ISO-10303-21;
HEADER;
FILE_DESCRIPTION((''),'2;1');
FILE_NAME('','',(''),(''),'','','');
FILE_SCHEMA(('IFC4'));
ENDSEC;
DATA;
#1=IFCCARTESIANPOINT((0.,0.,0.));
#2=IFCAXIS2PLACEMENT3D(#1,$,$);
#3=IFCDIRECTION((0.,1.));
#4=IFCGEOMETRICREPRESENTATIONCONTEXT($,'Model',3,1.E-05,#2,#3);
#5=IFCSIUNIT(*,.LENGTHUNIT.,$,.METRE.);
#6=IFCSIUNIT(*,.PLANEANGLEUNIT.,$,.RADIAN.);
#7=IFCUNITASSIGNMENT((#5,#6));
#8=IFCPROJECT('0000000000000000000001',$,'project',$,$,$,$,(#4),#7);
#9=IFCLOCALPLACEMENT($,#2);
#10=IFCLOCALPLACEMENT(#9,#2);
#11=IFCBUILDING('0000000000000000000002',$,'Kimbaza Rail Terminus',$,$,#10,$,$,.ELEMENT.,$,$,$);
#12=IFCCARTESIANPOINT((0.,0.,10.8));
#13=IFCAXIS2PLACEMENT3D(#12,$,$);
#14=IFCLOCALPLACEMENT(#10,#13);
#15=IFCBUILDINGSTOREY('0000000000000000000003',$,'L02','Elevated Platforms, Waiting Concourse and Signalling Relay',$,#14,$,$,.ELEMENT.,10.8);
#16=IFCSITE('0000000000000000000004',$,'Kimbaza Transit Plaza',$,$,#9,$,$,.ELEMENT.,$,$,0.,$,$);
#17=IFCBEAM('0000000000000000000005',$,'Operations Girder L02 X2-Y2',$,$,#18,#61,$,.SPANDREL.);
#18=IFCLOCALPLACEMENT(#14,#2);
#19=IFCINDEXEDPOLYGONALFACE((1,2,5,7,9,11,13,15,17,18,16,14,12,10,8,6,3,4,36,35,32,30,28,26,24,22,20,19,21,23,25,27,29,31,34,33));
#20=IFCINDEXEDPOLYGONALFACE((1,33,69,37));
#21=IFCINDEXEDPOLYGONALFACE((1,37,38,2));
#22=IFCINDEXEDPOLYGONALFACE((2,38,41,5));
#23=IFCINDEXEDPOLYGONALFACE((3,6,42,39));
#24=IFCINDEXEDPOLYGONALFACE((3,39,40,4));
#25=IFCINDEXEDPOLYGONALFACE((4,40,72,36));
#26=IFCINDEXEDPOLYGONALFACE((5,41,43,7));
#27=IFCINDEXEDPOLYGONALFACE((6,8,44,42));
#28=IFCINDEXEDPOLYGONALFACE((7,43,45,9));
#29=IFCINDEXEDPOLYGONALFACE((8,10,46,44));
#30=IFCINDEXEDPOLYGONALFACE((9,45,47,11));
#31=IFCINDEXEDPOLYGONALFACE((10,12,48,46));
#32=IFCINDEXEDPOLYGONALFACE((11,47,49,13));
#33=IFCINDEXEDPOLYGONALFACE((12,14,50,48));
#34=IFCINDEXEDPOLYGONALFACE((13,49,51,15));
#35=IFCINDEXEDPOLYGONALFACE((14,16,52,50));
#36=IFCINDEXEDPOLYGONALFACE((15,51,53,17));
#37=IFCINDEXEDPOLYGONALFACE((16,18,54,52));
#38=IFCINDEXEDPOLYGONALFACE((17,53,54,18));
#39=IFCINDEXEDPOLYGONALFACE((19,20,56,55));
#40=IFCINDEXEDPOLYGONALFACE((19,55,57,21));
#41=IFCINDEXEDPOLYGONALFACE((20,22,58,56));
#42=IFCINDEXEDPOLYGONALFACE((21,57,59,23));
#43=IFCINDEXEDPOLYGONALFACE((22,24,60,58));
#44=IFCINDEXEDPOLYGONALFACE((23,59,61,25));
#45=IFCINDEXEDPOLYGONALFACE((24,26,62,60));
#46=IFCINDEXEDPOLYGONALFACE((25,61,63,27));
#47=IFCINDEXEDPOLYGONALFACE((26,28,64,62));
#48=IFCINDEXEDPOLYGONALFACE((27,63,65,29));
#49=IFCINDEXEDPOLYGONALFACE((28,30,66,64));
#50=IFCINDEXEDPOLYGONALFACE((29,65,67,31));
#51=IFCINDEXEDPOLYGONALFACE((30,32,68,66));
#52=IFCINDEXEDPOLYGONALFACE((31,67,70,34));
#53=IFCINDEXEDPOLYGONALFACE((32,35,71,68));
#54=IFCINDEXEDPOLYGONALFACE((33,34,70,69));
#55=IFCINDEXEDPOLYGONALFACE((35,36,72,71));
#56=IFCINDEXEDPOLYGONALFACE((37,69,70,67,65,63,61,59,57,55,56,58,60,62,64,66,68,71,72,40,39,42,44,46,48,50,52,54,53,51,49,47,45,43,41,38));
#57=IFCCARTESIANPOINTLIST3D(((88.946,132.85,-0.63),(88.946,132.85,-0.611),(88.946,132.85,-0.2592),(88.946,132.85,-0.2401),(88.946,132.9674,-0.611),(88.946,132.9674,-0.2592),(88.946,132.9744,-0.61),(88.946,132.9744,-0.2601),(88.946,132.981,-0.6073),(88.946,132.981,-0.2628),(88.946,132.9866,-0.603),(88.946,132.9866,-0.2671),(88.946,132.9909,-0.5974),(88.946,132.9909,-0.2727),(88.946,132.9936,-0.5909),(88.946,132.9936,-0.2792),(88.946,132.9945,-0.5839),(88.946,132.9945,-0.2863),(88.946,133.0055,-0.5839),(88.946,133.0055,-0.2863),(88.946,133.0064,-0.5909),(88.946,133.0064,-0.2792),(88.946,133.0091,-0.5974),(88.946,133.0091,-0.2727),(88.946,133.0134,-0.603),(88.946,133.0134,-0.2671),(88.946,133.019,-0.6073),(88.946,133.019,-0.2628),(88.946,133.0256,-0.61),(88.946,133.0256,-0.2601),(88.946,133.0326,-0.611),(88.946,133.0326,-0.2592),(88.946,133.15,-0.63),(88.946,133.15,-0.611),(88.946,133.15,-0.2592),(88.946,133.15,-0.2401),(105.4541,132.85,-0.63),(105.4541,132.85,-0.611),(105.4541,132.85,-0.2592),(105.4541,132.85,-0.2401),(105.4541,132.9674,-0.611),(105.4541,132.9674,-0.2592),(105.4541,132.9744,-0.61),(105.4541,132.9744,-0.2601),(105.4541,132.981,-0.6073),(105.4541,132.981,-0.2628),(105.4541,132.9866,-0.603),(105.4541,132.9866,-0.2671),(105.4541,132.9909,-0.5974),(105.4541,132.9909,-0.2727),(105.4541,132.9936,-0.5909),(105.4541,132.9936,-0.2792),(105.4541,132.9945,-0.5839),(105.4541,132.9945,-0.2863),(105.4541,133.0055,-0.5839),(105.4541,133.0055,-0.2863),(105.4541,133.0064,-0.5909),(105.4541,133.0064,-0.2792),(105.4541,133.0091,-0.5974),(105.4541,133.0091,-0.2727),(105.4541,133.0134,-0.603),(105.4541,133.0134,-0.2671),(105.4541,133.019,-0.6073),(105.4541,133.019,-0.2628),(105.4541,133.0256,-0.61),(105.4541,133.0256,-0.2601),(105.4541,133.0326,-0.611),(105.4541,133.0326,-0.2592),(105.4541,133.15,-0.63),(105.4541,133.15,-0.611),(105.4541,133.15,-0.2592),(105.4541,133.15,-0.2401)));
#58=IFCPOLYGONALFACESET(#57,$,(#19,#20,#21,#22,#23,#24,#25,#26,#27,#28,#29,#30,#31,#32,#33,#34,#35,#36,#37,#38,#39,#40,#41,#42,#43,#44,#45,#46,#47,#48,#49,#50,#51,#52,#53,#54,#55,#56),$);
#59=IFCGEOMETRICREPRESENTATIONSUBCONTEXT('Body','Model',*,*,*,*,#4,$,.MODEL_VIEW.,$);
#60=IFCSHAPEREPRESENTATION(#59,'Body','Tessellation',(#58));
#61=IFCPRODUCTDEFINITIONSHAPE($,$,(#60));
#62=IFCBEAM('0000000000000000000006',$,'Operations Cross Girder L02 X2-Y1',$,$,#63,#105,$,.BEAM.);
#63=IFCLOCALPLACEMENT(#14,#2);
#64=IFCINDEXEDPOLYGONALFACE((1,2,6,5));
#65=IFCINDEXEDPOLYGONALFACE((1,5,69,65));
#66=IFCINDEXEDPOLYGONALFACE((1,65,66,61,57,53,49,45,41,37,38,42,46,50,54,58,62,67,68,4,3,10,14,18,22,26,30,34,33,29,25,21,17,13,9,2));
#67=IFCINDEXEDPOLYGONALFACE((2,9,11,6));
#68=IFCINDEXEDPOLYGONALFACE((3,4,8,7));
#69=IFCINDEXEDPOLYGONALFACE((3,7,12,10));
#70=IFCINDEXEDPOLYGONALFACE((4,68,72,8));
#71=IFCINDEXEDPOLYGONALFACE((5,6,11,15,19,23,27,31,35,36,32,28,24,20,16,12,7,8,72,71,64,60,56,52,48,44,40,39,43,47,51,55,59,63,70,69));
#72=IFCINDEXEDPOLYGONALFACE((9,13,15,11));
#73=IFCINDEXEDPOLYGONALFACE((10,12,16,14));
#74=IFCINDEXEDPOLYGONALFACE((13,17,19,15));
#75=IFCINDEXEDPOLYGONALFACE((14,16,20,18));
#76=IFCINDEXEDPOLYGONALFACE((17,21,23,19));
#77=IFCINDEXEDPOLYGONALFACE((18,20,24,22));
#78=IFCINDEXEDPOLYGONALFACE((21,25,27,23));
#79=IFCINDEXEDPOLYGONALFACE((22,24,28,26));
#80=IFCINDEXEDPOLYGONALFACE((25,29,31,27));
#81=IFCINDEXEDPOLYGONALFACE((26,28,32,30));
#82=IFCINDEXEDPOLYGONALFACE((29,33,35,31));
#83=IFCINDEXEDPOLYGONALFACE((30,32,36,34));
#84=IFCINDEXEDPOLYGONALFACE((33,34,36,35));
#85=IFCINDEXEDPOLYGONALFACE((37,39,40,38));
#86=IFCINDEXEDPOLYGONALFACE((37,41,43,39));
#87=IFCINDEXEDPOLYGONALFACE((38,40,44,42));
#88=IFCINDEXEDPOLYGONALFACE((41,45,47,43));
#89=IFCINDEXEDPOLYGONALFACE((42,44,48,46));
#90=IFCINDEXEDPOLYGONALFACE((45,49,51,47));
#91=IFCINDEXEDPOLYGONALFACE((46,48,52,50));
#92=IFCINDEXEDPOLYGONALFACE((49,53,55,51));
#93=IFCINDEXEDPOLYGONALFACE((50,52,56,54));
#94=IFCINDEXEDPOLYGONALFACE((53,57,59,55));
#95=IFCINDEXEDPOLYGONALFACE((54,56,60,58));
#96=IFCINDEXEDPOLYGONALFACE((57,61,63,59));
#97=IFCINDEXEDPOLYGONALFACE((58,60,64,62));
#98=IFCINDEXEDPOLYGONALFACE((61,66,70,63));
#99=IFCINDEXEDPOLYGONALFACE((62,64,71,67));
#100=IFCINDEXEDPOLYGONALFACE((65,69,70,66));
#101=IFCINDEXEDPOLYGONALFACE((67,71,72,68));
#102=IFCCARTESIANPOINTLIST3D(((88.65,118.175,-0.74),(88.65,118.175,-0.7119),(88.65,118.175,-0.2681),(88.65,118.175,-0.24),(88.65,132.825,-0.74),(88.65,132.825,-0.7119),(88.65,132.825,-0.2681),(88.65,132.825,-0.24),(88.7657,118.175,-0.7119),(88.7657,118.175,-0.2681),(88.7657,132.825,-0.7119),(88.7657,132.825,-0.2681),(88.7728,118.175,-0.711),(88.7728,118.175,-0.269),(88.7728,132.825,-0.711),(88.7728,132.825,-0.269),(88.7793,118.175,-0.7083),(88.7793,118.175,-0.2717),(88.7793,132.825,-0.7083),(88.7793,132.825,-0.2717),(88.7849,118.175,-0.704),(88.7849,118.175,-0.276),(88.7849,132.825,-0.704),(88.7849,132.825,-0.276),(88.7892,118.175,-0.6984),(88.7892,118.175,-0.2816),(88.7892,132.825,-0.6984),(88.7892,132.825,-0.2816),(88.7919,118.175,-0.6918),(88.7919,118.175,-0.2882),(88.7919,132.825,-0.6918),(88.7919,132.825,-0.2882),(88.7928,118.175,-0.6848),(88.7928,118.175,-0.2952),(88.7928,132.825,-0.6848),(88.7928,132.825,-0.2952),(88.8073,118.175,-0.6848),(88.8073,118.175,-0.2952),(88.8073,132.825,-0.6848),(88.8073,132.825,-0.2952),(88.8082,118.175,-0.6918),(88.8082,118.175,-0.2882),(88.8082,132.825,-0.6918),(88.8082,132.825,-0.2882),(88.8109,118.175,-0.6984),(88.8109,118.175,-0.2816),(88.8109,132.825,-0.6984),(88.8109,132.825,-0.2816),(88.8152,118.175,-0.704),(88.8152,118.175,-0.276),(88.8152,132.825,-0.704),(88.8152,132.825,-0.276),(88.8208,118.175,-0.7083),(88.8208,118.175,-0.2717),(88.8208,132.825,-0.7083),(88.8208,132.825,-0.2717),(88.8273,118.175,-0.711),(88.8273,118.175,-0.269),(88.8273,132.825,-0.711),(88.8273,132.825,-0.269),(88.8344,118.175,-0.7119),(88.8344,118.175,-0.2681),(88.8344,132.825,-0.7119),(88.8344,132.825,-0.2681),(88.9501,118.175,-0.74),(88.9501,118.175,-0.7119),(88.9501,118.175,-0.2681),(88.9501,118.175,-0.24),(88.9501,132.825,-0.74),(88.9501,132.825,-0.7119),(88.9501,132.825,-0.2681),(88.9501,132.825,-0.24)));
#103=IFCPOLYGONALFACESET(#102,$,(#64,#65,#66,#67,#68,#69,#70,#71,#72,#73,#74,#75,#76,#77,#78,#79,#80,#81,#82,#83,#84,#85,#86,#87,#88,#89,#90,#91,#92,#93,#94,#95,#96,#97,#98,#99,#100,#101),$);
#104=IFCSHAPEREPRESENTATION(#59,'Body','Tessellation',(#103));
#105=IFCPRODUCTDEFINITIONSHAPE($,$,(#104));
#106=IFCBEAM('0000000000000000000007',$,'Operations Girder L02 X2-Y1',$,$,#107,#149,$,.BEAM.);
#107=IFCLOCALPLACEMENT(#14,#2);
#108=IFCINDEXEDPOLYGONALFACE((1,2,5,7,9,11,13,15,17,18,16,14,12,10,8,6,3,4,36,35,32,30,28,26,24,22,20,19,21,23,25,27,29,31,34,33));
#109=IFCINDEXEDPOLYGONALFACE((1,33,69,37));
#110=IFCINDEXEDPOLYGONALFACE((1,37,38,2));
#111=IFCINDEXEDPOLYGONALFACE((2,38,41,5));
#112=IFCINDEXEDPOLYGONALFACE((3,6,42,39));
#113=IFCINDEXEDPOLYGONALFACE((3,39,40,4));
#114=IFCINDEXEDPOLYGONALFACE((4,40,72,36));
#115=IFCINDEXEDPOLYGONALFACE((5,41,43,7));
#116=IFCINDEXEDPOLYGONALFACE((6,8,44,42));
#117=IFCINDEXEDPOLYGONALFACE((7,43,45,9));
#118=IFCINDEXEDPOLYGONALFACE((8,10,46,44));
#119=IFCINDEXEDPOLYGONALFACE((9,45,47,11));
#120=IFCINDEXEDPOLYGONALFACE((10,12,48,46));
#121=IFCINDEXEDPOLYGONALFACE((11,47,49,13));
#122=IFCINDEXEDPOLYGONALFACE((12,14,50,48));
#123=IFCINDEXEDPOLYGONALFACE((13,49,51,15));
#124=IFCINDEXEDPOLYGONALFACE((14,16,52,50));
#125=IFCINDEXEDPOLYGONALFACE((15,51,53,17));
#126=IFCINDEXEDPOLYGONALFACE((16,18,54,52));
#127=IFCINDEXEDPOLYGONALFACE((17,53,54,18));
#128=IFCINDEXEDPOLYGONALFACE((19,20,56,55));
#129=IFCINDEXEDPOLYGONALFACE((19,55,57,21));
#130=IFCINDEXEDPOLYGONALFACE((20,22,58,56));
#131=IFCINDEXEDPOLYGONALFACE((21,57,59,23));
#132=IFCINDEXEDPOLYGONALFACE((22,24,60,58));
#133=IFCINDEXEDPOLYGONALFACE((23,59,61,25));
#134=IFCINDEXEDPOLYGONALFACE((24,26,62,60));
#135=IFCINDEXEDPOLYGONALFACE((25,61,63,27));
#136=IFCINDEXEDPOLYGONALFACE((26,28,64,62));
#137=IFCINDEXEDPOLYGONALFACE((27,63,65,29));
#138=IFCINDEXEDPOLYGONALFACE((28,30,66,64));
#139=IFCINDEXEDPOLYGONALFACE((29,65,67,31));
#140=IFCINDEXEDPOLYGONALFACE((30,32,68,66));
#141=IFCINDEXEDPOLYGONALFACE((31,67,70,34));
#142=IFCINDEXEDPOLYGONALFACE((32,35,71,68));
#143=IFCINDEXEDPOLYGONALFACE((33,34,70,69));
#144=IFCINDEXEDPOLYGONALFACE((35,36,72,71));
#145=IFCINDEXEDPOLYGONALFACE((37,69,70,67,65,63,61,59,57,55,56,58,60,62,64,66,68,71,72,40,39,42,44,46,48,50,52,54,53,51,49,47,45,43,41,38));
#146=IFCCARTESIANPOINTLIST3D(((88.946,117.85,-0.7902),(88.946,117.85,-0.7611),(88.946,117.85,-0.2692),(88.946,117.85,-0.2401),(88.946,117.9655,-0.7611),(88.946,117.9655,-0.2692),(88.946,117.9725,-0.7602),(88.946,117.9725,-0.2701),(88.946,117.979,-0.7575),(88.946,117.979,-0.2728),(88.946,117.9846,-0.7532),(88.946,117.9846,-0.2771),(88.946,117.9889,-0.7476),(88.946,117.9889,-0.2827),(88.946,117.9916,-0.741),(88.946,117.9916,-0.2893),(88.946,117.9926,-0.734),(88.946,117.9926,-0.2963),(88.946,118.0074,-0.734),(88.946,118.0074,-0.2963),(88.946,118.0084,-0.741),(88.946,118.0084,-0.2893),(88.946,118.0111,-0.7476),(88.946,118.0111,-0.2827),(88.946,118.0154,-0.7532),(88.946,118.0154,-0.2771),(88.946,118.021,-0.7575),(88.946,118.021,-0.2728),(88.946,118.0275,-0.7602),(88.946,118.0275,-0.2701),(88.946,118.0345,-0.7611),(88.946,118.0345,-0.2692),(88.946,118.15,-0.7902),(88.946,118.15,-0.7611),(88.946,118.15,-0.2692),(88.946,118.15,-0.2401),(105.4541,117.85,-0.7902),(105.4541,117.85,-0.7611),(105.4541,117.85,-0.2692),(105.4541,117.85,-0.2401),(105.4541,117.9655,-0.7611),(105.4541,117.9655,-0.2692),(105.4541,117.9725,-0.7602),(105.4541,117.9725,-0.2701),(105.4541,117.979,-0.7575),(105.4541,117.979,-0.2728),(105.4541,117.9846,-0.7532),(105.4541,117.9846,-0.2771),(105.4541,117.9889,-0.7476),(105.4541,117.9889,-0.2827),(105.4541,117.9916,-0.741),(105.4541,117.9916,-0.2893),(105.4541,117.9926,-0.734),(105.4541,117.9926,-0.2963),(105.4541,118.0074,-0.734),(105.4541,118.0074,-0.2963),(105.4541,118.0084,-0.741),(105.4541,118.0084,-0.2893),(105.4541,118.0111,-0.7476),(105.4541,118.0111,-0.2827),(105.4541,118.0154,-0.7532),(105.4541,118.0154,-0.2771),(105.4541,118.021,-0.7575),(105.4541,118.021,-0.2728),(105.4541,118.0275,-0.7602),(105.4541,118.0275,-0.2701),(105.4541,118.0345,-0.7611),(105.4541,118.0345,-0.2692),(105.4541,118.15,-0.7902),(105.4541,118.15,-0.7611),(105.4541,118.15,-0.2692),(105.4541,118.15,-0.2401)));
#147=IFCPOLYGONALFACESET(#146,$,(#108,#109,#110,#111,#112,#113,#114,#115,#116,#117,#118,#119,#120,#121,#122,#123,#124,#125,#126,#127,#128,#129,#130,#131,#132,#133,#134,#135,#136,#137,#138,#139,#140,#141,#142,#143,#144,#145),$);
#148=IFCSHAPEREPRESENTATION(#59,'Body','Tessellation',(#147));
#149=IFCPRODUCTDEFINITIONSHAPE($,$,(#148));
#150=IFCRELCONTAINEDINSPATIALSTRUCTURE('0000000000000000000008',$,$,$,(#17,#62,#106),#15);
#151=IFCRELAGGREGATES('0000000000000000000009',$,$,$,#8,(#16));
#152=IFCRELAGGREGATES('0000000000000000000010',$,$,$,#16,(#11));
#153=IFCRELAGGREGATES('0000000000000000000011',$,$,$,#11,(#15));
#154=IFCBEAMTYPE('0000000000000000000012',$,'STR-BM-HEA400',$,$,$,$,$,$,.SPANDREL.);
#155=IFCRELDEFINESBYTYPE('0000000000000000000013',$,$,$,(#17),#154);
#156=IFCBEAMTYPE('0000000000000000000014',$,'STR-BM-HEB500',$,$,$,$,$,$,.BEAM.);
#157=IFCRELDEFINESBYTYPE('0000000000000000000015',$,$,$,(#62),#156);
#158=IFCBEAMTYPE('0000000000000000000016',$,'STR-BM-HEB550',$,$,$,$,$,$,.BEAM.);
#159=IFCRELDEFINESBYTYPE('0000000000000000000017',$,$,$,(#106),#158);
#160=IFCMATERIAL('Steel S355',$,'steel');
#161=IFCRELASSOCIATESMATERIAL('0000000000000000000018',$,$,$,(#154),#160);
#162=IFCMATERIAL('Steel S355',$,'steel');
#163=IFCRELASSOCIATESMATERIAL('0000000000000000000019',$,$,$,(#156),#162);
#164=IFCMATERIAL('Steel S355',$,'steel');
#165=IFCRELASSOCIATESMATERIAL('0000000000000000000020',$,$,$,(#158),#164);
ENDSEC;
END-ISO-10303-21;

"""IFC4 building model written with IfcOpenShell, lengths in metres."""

from ifc_helpers import new_model, si_unit, direction, frame, origin, origin_2d, place, context, subcontext, project, spatial, i_section, extrude, material, material_profile, profile_set, type_object, element, save


model = new_model("IFC4")

# Units and contexts
model_context = context("Model", 3, precision=1e-05, world=origin(), true_north=direction((0.0, 1.0)))
body_context = subcontext(model_context, "Body", "Model", "MODEL_VIEW")
ifc_project = project(units=[si_unit("LENGTHUNIT", "METRE"), si_unit("PLANEANGLEUNIT", "RADIAN")], contexts=[model_context])

# Site, building, storey
site_placement = place(None, origin())
site = spatial("IfcSite", under=ifc_project, at=site_placement, Name="Kimbaza Transit Plaza", CompositionType="ELEMENT", RefElevation=0.0)
building_placement = place(site_placement, origin())
building = spatial("IfcBuilding", under=site, at=building_placement, Name="Kimbaza Rail Terminus", CompositionType="ELEMENT")
storey_placement = place(building_placement, frame((0.0, 0.0, 10.8)))
storey = spatial("IfcBuildingStorey", under=building, at=storey_placement, Name="L02", Description="Elevated Platforms, Waiting Concourse and Signalling Relay", CompositionType="ELEMENT", Elevation=10.8)

# Beams
ifc_material_1 = material(Name="Steel S355", Category="steel")
ifc_material_profile_1 = material_profile(ifc_material_1, i_section(OverallWidth=0.3, OverallDepth=0.3899, WebThickness=0.011, FlangeThickness=0.019, FilletRadius=0.0271, at=origin_2d()), Name="HEA 400")
ifc_profile_set_1 = profile_set([ifc_material_profile_1], Name="Steel S355")
beam_type_1 = type_object("IfcBeamType", Name="STR-BM-HEA400", PredefinedType="SPANDREL", material=ifc_profile_set_1)
beam_1_placement = place(storey_placement, frame((88.946, 133.0, -0.4351), z_axis=(1.0, 0.0, 0.0), x_axis=(0.0, 1.0, 0.0)))
element("IfcBeam", 1, at=beam_1_placement, inside=storey, type_object=beam_type_1, Name="Operations Girder L02 X2-Y2", PredefinedType="SPANDREL", context=body_context, shape_type="SweptSolid", body=[
    extrude(i_section(OverallWidth=0.3, OverallDepth=0.3899, WebThickness=0.011, FlangeThickness=0.019, FilletRadius=0.0271, at=origin_2d()), origin(), (0.0, 0.0, 1.0), 16.5081),
])
ifc_material_2 = material(Name="Steel S355", Category="steel")
ifc_material_profile_2 = material_profile(ifc_material_2, i_section(OverallWidth=0.3, OverallDepth=0.5, WebThickness=0.0144, FlangeThickness=0.0281, FilletRadius=0.0271, at=origin_2d()), Name="HEB 500")
ifc_profile_set_2 = profile_set([ifc_material_profile_2], Name="Steel S355")
beam_type_2 = type_object("IfcBeamType", Name="STR-BM-HEB500", PredefinedType="BEAM", material=ifc_profile_set_2)
beam_2_placement = place(storey_placement, frame((88.8, 118.175, -0.49), z_axis=(0.0, 1.0, 0.0), x_axis=(-1.0, 0.0, 0.0)))
element("IfcBeam", 2, at=beam_2_placement, inside=storey, type_object=beam_type_2, Name="Operations Cross Girder L02 X2-Y1", PredefinedType="BEAM", context=body_context, shape_type="SweptSolid", body=[
    extrude(i_section(OverallWidth=0.3, OverallDepth=0.5, WebThickness=0.0144, FlangeThickness=0.0281, FilletRadius=0.0271, at=origin_2d()), origin(), (0.0, 0.0, 1.0), 14.6499),
])
ifc_material_3 = material(Name="Steel S355", Category="steel")
ifc_material_profile_3 = material_profile(ifc_material_3, i_section(OverallWidth=0.3, OverallDepth=0.55, WebThickness=0.0149, FlangeThickness=0.0291, FilletRadius=0.0271, at=origin_2d()), Name="HEB 550")
ifc_profile_set_3 = profile_set([ifc_material_profile_3], Name="Steel S355")
beam_type_3 = type_object("IfcBeamType", Name="STR-BM-HEB550", PredefinedType="BEAM", material=ifc_profile_set_3)
beam_3_placement = place(storey_placement, frame((88.946, 118.0, -0.5151), z_axis=(1.0, 0.0, 0.0), x_axis=(0.0, 1.0, 0.0)))
element("IfcBeam", 3, at=beam_3_placement, inside=storey, type_object=beam_type_3, Name="Operations Girder L02 X2-Y1", PredefinedType="BEAM", context=body_context, shape_type="SweptSolid", body=[
    extrude(i_section(OverallWidth=0.3, OverallDepth=0.55, WebThickness=0.0149, FlangeThickness=0.0291, FilletRadius=0.0271, at=origin_2d()), origin(), (0.0, 0.0, 1.0), 16.5081),
])

save(model, "model.ifc")
